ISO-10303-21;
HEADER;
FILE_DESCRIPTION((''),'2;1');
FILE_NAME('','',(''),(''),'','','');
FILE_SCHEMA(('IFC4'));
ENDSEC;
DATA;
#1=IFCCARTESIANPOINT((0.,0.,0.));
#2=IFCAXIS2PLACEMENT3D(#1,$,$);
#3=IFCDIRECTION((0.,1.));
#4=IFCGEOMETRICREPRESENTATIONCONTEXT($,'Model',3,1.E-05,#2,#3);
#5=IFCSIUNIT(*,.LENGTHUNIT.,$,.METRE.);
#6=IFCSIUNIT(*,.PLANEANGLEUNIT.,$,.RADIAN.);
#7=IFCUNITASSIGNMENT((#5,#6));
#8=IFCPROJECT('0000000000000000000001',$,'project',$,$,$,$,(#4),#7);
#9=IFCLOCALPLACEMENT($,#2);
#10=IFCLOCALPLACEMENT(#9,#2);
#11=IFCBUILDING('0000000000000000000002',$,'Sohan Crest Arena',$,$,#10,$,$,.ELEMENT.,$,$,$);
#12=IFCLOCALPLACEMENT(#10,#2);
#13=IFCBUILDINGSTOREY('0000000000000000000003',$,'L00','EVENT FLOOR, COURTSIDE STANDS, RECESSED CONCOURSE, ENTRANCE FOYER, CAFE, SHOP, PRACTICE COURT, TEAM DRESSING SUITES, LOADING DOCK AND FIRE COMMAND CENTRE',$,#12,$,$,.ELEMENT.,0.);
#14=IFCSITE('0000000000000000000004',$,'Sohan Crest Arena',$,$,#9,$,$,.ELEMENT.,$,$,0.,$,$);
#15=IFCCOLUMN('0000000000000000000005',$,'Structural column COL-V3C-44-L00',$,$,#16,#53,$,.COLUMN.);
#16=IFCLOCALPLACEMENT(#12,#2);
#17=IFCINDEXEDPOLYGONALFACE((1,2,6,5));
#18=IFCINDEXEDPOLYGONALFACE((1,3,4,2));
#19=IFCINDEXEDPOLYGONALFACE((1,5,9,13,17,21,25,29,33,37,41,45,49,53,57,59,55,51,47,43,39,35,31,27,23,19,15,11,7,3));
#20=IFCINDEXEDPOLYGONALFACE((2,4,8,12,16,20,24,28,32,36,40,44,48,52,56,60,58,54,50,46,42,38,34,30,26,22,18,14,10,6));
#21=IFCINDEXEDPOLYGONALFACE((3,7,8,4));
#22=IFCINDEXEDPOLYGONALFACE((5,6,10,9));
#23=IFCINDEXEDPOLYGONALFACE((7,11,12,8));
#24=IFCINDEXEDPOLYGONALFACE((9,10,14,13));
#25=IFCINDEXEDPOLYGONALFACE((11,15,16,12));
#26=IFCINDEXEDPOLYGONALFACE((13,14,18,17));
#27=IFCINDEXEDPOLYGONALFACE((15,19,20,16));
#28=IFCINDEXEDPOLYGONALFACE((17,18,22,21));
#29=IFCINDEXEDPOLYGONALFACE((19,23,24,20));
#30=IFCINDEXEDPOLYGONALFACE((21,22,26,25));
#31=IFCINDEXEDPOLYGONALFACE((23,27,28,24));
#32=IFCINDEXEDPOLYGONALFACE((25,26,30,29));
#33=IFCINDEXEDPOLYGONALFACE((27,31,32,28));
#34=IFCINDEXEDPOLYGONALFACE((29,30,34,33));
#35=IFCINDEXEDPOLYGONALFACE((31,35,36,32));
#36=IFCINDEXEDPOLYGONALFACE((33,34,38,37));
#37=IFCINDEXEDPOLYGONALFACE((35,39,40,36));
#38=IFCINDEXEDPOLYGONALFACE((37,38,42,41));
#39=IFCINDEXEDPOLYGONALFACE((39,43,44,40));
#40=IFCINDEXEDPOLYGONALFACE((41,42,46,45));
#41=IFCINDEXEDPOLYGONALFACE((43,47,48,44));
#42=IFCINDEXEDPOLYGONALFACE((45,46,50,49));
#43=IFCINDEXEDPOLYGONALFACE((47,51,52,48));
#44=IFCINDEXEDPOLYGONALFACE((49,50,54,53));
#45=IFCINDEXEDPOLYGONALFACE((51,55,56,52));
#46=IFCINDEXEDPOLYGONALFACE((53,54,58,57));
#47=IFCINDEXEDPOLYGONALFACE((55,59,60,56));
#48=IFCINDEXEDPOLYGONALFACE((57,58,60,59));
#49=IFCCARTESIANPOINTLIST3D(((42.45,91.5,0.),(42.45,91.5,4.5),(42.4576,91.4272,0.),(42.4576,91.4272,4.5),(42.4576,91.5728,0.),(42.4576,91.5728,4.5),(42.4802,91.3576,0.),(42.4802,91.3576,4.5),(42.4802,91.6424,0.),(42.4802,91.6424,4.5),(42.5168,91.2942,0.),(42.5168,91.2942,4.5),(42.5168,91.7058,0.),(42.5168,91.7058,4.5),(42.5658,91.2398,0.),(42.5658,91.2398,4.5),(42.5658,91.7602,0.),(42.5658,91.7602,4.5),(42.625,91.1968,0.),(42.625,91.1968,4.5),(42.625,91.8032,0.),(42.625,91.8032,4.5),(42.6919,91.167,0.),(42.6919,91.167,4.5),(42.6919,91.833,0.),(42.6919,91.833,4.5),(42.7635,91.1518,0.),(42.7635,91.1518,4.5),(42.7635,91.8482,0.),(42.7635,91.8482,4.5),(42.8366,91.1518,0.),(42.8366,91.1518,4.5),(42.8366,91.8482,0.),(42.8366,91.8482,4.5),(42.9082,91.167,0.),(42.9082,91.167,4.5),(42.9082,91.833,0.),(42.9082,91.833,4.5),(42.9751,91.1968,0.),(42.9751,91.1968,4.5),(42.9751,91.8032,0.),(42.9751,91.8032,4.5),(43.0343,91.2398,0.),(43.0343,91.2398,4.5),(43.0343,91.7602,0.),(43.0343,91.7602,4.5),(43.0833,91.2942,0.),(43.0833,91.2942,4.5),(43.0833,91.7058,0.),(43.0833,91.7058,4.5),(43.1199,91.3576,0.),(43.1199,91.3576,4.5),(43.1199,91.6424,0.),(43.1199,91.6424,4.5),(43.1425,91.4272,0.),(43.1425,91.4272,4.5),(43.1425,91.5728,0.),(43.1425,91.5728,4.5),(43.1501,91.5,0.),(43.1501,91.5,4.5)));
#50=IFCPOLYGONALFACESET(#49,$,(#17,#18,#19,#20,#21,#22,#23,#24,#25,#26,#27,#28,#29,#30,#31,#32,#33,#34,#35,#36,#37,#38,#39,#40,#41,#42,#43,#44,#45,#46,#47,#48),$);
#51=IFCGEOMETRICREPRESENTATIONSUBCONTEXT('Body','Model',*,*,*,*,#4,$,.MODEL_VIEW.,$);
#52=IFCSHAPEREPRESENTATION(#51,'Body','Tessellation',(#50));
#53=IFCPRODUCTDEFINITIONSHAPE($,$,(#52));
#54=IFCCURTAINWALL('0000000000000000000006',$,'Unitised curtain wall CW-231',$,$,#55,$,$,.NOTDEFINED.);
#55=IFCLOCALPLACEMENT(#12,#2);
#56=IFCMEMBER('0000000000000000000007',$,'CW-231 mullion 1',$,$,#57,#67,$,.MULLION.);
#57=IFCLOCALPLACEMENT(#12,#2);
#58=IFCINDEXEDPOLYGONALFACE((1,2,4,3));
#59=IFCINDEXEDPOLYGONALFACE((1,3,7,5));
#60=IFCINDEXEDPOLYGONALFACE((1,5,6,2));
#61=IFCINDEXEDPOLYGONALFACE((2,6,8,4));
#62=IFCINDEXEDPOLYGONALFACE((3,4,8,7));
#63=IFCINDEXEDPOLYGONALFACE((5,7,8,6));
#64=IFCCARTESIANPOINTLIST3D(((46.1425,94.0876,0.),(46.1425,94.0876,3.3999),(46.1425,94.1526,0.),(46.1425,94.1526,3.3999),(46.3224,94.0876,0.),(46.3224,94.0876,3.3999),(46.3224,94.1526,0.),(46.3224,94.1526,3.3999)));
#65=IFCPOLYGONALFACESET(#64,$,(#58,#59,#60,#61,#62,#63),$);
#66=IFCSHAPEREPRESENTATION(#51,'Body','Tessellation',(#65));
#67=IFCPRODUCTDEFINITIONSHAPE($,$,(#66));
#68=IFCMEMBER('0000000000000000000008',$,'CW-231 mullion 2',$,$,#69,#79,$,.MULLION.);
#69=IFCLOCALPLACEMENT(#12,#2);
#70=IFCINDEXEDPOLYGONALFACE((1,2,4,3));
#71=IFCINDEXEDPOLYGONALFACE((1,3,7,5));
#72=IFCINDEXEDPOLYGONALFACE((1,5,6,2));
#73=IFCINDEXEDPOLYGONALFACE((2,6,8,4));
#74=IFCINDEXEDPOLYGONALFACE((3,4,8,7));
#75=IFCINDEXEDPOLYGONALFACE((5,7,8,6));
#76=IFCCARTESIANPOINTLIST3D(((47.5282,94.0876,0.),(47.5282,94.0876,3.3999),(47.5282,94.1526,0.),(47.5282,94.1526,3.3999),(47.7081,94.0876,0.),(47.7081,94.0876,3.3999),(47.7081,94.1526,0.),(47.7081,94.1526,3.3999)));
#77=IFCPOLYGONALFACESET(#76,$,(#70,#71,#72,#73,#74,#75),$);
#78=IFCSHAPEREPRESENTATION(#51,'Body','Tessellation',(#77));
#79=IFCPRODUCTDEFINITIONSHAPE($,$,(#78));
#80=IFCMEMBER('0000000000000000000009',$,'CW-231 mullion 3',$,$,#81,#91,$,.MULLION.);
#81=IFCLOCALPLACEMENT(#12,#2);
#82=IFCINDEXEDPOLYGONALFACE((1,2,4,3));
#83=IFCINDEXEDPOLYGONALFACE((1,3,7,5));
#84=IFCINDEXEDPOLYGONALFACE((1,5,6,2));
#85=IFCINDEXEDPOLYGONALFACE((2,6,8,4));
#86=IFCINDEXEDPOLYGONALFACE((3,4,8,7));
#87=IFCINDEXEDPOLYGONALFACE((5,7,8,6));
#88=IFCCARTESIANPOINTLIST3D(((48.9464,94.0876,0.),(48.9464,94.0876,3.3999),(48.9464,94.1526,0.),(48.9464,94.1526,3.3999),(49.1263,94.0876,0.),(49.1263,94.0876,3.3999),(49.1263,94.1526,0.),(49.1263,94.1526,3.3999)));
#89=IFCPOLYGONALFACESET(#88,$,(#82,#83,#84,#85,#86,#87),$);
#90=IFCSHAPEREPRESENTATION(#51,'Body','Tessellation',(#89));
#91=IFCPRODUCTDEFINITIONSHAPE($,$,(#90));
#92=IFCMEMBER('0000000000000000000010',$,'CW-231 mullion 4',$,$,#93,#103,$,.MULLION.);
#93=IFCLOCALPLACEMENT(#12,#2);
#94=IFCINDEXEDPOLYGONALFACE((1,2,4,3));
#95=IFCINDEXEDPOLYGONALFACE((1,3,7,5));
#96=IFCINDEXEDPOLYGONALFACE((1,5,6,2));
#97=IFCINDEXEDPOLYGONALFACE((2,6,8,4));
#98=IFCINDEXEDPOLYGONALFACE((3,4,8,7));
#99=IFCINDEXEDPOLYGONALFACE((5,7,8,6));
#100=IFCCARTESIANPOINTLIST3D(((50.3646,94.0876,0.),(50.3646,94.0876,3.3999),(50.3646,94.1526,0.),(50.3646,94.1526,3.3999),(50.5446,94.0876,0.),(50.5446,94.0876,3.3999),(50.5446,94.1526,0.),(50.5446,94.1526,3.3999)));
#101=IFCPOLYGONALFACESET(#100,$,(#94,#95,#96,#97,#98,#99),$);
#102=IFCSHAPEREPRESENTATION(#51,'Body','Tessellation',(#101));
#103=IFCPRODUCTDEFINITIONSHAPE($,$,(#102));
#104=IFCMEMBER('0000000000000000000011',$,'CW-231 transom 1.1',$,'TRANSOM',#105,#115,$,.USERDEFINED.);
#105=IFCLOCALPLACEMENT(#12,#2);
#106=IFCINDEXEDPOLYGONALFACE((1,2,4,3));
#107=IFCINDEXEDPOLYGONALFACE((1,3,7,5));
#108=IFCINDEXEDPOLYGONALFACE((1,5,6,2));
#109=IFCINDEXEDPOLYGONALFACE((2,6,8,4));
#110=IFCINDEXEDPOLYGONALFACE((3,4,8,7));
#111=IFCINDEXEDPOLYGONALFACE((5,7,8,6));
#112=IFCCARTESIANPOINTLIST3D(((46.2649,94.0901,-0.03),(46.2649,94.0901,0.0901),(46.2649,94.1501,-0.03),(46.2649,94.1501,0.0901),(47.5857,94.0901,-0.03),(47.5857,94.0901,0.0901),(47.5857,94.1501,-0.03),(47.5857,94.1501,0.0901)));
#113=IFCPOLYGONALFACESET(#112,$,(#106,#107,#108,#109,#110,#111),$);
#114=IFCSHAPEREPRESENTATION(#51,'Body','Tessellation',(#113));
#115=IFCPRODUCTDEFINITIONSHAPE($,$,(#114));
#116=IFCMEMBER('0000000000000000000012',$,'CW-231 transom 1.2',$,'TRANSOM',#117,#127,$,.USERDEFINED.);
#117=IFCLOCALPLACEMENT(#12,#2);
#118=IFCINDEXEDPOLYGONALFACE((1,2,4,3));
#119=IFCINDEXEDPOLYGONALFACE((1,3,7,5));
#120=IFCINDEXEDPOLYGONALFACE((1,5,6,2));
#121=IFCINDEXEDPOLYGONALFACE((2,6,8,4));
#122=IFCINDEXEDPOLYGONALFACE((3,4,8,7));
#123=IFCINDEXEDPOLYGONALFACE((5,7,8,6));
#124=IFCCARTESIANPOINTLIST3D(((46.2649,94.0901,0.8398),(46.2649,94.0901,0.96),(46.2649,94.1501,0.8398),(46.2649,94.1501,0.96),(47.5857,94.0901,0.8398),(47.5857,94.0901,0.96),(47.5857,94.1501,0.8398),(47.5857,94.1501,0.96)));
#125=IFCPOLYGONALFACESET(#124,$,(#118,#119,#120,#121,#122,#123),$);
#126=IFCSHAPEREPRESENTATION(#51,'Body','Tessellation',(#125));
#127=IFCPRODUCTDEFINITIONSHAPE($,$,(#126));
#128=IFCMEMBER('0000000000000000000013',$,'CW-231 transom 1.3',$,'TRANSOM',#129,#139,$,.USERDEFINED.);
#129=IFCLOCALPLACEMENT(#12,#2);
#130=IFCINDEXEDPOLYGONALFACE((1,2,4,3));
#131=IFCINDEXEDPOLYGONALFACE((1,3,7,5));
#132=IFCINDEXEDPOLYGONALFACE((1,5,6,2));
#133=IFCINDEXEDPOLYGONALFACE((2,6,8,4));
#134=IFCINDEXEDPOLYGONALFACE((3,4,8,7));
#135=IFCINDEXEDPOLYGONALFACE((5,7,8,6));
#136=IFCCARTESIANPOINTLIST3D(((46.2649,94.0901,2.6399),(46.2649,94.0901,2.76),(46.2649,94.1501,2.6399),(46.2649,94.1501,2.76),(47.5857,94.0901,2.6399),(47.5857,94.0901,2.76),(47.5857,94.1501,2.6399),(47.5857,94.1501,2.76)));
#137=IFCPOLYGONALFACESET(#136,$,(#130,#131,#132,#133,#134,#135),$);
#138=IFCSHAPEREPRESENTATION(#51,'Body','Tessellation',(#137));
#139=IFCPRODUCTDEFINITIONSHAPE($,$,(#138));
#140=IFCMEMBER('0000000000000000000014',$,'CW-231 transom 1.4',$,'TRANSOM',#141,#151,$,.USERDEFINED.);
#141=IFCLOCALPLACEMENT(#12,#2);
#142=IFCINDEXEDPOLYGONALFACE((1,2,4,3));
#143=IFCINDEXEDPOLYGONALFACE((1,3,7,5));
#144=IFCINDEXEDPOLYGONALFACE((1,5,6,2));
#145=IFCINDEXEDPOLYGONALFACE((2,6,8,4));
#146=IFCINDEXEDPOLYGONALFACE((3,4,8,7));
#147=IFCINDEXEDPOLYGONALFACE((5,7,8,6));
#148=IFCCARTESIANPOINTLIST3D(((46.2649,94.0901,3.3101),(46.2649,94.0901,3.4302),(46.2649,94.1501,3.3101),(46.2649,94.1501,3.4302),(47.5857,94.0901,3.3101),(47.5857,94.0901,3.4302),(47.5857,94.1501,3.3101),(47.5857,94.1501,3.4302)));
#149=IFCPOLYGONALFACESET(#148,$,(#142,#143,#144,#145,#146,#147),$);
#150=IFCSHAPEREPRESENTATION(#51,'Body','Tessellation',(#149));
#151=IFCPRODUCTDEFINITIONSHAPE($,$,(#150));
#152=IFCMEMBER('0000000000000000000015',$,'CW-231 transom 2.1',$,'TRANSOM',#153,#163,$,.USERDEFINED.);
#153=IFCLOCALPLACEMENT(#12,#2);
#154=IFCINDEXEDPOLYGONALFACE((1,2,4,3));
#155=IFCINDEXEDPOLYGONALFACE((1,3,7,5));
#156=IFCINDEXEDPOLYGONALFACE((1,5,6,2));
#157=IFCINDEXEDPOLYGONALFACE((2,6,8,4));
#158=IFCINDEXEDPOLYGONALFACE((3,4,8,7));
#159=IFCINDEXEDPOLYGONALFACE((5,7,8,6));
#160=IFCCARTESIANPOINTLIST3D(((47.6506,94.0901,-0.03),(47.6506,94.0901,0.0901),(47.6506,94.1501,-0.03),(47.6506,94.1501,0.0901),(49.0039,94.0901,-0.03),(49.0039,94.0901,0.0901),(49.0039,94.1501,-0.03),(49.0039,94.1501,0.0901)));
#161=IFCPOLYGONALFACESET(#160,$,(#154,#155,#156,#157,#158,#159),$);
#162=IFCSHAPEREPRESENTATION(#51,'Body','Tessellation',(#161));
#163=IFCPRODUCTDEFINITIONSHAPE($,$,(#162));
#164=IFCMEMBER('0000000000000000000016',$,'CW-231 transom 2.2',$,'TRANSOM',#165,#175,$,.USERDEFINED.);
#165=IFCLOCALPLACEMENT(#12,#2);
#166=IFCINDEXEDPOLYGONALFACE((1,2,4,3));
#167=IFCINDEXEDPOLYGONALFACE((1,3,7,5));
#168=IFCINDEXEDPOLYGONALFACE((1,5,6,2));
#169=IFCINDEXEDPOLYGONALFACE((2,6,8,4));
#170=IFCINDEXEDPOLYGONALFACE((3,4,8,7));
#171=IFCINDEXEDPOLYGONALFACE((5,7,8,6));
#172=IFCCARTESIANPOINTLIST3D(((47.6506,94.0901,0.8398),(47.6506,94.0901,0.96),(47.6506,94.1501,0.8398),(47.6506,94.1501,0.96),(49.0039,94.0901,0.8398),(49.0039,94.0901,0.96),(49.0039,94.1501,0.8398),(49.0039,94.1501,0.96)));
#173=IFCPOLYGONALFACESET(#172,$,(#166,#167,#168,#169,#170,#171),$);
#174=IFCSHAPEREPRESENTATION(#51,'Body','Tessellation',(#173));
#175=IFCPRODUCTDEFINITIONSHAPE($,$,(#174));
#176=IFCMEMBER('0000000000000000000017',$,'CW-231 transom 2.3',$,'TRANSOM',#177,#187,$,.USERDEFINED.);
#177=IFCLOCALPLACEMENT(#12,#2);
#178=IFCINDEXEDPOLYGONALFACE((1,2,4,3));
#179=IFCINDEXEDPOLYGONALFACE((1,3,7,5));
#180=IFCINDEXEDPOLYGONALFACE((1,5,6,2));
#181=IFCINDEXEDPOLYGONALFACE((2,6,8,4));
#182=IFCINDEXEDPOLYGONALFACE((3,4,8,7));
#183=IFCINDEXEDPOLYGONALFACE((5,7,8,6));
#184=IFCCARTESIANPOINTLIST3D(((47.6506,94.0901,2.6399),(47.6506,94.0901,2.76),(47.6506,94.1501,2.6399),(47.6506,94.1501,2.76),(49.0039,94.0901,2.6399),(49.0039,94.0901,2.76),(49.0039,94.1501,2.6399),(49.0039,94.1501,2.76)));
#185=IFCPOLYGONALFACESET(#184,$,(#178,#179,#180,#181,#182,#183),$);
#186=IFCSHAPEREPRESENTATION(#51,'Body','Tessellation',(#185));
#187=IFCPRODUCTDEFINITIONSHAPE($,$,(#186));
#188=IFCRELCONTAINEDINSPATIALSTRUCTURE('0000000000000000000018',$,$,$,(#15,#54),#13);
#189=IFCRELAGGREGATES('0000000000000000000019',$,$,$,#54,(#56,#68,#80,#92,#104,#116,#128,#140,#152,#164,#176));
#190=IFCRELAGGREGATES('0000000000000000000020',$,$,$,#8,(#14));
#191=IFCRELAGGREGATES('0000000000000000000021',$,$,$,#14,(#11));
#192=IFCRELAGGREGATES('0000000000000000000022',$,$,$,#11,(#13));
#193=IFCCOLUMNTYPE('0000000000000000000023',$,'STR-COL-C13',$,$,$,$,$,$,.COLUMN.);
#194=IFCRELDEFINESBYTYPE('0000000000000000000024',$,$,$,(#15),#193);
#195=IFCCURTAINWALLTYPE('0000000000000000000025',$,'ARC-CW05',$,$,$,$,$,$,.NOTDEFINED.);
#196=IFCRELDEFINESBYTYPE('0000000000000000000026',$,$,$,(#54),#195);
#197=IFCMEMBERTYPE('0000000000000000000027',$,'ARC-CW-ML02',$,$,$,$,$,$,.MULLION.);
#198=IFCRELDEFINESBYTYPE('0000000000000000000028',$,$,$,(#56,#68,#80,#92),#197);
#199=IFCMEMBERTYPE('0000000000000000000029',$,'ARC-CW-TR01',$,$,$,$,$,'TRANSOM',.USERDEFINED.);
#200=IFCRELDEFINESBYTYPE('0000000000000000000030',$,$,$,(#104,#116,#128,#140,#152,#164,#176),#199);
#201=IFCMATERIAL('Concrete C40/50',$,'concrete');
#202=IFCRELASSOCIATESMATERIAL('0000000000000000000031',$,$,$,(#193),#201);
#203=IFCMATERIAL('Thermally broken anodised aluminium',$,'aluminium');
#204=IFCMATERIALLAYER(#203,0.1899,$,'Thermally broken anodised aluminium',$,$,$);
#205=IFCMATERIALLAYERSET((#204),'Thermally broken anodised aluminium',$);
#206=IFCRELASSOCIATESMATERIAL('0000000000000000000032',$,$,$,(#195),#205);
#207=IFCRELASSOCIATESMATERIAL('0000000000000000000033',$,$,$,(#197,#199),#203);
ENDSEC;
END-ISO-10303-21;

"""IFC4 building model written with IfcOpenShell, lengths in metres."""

from ifc_helpers import new_model, si_unit, direction, frame, origin, origin_2d, place, context, subcontext, project, spatial, rectangle, circle, extrude, material, layer, layer_set, material_profile, profile_set, type_object, element, aggregate, save


model = new_model("IFC4")

# Units and contexts
model_context = context("Model", 3, precision=1e-05, world=origin(), true_north=direction((0.0, 1.0)))
body_context = subcontext(model_context, "Body", "Model", "MODEL_VIEW")
ifc_project = project(units=[si_unit("LENGTHUNIT", "METRE"), si_unit("PLANEANGLEUNIT", "RADIAN")], contexts=[model_context])

# Site, building, storey
site_placement = place(None, origin())
site = spatial("IfcSite", under=ifc_project, at=site_placement, Name="Sohan Crest Arena", CompositionType="ELEMENT", RefElevation=0.0)
building_placement = place(site_placement, origin())
building = spatial("IfcBuilding", under=site, at=building_placement, Name="Sohan Crest Arena", CompositionType="ELEMENT")
storey_placement = place(building_placement, origin())
storey = spatial("IfcBuildingStorey", under=building, at=storey_placement, Name="L00", Description="EVENT FLOOR, COURTSIDE STANDS, RECESSED CONCOURSE, ENTRANCE FOYER, CAFE, SHOP, PRACTICE COURT, TEAM DRESSING SUITES, LOADING DOCK AND FIRE COMMAND CENTRE", CompositionType="ELEMENT", Elevation=0.0)

# Column
ifc_material_1 = material(Name="Concrete C40/50", Category="concrete")
ifc_material_profile_1 = material_profile(ifc_material_1, circle(Radius=0.3501, at=origin_2d()), Name="RC D700")
ifc_profile_set_1 = profile_set([ifc_material_profile_1], Name="Concrete C40/50")
column_type = type_object("IfcColumnType", Name="STR-COL-C13", PredefinedType="COLUMN", material=ifc_profile_set_1)
column_placement = place(storey_placement, frame((42.8, 91.5, 0.0), z_axis=(0.0, 0.0, 1.0), x_axis=(1.0, 0.0, 0.0)))
element("IfcColumn", 1, at=column_placement, inside=storey, type_object=column_type, Name="Structural column COL-V3C-44-L00", PredefinedType="COLUMN", context=body_context, shape_type="SweptSolid", body=[
    extrude(circle(Radius=0.3501, at=origin_2d()), origin(), (0.0, 0.0, 1.0), 4.5),
])

# Curtain wall, members
ifc_material_2 = material(Name="Thermally broken anodised aluminium", Category="aluminium")
ifc_layer_1 = layer(ifc_material_2, 0.1899, Name="Thermally broken anodised aluminium")
ifc_layer_set_1 = layer_set([ifc_layer_1], Name="Thermally broken anodised aluminium")
curtain_wall_type = type_object("IfcCurtainWallType", Name="ARC-CW05", PredefinedType="NOTDEFINED", material=ifc_layer_set_1)
curtain_wall_placement = place(storey_placement, origin())
curtain_wall = element("IfcCurtainWall", 2, at=curtain_wall_placement, inside=storey, type_object=curtain_wall_type, Name="Unitised curtain wall CW-231", PredefinedType="NOTDEFINED")
ifc_material_profile_2 = material_profile(ifc_material_2, rectangle(XDim=0.0649, YDim=0.1799, at=origin_2d()), Name="ALU-MULL 65x180")
ifc_profile_set_2 = profile_set([ifc_material_profile_2], Name="Thermally broken anodised aluminium")
member_type_1 = type_object("IfcMemberType", Name="ARC-CW-ML02", PredefinedType="MULLION", material=ifc_profile_set_2)
member_1_placement = place(storey_placement, frame((46.2324, 94.1201, 0.0), z_axis=(0.0, 0.0, 1.0), x_axis=(0.0, 1.0, 0.0)))
member_1 = element("IfcMember", 3, at=member_1_placement, type_object=member_type_1, Name="CW-231 mullion 1", PredefinedType="MULLION", context=body_context, shape_type="SweptSolid", body=[
    extrude(rectangle(XDim=0.0649, YDim=0.1799, at=origin_2d()), origin(), (0.0, 0.0, 1.0), 3.3999),
])
member_2_placement = place(storey_placement, frame((47.6182, 94.1201, 0.0), z_axis=(0.0, 0.0, 1.0), x_axis=(0.0, 1.0, 0.0)))
member_2 = element("IfcMember", 4, at=member_2_placement, type_object=member_type_1, Name="CW-231 mullion 2", PredefinedType="MULLION", context=body_context, shape_type="SweptSolid", body=[
    extrude(rectangle(XDim=0.0649, YDim=0.1799, at=origin_2d()), origin(), (0.0, 0.0, 1.0), 3.3999),
])
member_3_placement = place(storey_placement, frame((49.0364, 94.1201, 0.0), z_axis=(0.0, 0.0, 1.0), x_axis=(0.0, 1.0, 0.0)))
member_3 = element("IfcMember", 5, at=member_3_placement, type_object=member_type_1, Name="CW-231 mullion 3", PredefinedType="MULLION", context=body_context, shape_type="SweptSolid", body=[
    extrude(rectangle(XDim=0.0649, YDim=0.1799, at=origin_2d()), origin(), (0.0, 0.0, 1.0), 3.3999),
])
member_4_placement = place(storey_placement, frame((50.4546, 94.1201, 0.0), z_axis=(0.0, 0.0, 1.0), x_axis=(0.0, 1.0, 0.0)))
member_4 = element("IfcMember", 6, at=member_4_placement, type_object=member_type_1, Name="CW-231 mullion 4", PredefinedType="MULLION", context=body_context, shape_type="SweptSolid", body=[
    extrude(rectangle(XDim=0.0649, YDim=0.1799, at=origin_2d()), origin(), (0.0, 0.0, 1.0), 3.3999),
])
ifc_material_profile_3 = material_profile(ifc_material_2, rectangle(XDim=0.0601, YDim=0.1201, at=origin_2d()), Name="ALU-TRAN 60x120")
ifc_profile_set_3 = profile_set([ifc_material_profile_3], Name="Thermally broken anodised aluminium")
member_type_2 = type_object("IfcMemberType", Name="ARC-CW-TR01", ElementType="TRANSOM", PredefinedType="USERDEFINED", material=ifc_profile_set_3)
member_5_placement = place(storey_placement, frame((46.2649, 94.1201, 0.03), z_axis=(1.0, 0.0, 0.0), x_axis=(0.0, 1.0, 0.0)))
member_5 = element("IfcMember", 7, at=member_5_placement, type_object=member_type_2, Name="CW-231 transom 1.1", ObjectType="TRANSOM", PredefinedType="USERDEFINED", context=body_context, shape_type="SweptSolid", body=[
    extrude(rectangle(XDim=0.0601, YDim=0.1201, at=origin_2d()), origin(), (0.0, 0.0, 1.0), 1.3208),
])
member_6_placement = place(storey_placement, frame((46.2649, 94.1201, 0.8999), z_axis=(1.0, 0.0, 0.0), x_axis=(0.0, 1.0, 0.0)))
member_6 = element("IfcMember", 8, at=member_6_placement, type_object=member_type_2, Name="CW-231 transom 1.2", ObjectType="TRANSOM", PredefinedType="USERDEFINED", context=body_context, shape_type="SweptSolid", body=[
    extrude(rectangle(XDim=0.0601, YDim=0.1201, at=origin_2d()), origin(), (0.0, 0.0, 1.0), 1.3208),
])
member_7_placement = place(storey_placement, frame((46.2649, 94.1201, 2.7), z_axis=(1.0, 0.0, 0.0), x_axis=(0.0, 1.0, 0.0)))
member_7 = element("IfcMember", 9, at=member_7_placement, type_object=member_type_2, Name="CW-231 transom 1.3", ObjectType="TRANSOM", PredefinedType="USERDEFINED", context=body_context, shape_type="SweptSolid", body=[
    extrude(rectangle(XDim=0.0601, YDim=0.1201, at=origin_2d()), origin(), (0.0, 0.0, 1.0), 1.3208),
])
member_8_placement = place(storey_placement, frame((46.2649, 94.1201, 3.3701), z_axis=(1.0, 0.0, 0.0), x_axis=(0.0, 1.0, 0.0)))
member_8 = element("IfcMember", 10, at=member_8_placement, type_object=member_type_2, Name="CW-231 transom 1.4", ObjectType="TRANSOM", PredefinedType="USERDEFINED", context=body_context, shape_type="SweptSolid", body=[
    extrude(rectangle(XDim=0.0601, YDim=0.1201, at=origin_2d()), origin(), (0.0, 0.0, 1.0), 1.3208),
])
member_9_placement = place(storey_placement, frame((47.6506, 94.1201, 0.03), z_axis=(1.0, 0.0, 0.0), x_axis=(0.0, 1.0, 0.0)))
member_9 = element("IfcMember", 11, at=member_9_placement, type_object=member_type_2, Name="CW-231 transom 2.1", ObjectType="TRANSOM", PredefinedType="USERDEFINED", context=body_context, shape_type="SweptSolid", body=[
    extrude(rectangle(XDim=0.0601, YDim=0.1201, at=origin_2d()), origin(), (0.0, 0.0, 1.0), 1.3533),
])
member_10_placement = place(storey_placement, frame((47.6506, 94.1201, 0.8999), z_axis=(1.0, 0.0, 0.0), x_axis=(0.0, 1.0, 0.0)))
member_10 = element("IfcMember", 12, at=member_10_placement, type_object=member_type_2, Name="CW-231 transom 2.2", ObjectType="TRANSOM", PredefinedType="USERDEFINED", context=body_context, shape_type="SweptSolid", body=[
    extrude(rectangle(XDim=0.0601, YDim=0.1201, at=origin_2d()), origin(), (0.0, 0.0, 1.0), 1.3533),
])
member_11_placement = place(storey_placement, frame((47.6506, 94.1201, 2.7), z_axis=(1.0, 0.0, 0.0), x_axis=(0.0, 1.0, 0.0)))
member_11 = element("IfcMember", 13, at=member_11_placement, type_object=member_type_2, Name="CW-231 transom 2.3", ObjectType="TRANSOM", PredefinedType="USERDEFINED", context=body_context, shape_type="SweptSolid", body=[
    extrude(rectangle(XDim=0.0601, YDim=0.1201, at=origin_2d()), origin(), (0.0, 0.0, 1.0), 1.3533),
])

aggregate(curtain_wall, [member_1, member_2, member_3, member_4, member_5, member_6, member_7, member_8, member_9, member_10, member_11])

save(model, "model.ifc")
